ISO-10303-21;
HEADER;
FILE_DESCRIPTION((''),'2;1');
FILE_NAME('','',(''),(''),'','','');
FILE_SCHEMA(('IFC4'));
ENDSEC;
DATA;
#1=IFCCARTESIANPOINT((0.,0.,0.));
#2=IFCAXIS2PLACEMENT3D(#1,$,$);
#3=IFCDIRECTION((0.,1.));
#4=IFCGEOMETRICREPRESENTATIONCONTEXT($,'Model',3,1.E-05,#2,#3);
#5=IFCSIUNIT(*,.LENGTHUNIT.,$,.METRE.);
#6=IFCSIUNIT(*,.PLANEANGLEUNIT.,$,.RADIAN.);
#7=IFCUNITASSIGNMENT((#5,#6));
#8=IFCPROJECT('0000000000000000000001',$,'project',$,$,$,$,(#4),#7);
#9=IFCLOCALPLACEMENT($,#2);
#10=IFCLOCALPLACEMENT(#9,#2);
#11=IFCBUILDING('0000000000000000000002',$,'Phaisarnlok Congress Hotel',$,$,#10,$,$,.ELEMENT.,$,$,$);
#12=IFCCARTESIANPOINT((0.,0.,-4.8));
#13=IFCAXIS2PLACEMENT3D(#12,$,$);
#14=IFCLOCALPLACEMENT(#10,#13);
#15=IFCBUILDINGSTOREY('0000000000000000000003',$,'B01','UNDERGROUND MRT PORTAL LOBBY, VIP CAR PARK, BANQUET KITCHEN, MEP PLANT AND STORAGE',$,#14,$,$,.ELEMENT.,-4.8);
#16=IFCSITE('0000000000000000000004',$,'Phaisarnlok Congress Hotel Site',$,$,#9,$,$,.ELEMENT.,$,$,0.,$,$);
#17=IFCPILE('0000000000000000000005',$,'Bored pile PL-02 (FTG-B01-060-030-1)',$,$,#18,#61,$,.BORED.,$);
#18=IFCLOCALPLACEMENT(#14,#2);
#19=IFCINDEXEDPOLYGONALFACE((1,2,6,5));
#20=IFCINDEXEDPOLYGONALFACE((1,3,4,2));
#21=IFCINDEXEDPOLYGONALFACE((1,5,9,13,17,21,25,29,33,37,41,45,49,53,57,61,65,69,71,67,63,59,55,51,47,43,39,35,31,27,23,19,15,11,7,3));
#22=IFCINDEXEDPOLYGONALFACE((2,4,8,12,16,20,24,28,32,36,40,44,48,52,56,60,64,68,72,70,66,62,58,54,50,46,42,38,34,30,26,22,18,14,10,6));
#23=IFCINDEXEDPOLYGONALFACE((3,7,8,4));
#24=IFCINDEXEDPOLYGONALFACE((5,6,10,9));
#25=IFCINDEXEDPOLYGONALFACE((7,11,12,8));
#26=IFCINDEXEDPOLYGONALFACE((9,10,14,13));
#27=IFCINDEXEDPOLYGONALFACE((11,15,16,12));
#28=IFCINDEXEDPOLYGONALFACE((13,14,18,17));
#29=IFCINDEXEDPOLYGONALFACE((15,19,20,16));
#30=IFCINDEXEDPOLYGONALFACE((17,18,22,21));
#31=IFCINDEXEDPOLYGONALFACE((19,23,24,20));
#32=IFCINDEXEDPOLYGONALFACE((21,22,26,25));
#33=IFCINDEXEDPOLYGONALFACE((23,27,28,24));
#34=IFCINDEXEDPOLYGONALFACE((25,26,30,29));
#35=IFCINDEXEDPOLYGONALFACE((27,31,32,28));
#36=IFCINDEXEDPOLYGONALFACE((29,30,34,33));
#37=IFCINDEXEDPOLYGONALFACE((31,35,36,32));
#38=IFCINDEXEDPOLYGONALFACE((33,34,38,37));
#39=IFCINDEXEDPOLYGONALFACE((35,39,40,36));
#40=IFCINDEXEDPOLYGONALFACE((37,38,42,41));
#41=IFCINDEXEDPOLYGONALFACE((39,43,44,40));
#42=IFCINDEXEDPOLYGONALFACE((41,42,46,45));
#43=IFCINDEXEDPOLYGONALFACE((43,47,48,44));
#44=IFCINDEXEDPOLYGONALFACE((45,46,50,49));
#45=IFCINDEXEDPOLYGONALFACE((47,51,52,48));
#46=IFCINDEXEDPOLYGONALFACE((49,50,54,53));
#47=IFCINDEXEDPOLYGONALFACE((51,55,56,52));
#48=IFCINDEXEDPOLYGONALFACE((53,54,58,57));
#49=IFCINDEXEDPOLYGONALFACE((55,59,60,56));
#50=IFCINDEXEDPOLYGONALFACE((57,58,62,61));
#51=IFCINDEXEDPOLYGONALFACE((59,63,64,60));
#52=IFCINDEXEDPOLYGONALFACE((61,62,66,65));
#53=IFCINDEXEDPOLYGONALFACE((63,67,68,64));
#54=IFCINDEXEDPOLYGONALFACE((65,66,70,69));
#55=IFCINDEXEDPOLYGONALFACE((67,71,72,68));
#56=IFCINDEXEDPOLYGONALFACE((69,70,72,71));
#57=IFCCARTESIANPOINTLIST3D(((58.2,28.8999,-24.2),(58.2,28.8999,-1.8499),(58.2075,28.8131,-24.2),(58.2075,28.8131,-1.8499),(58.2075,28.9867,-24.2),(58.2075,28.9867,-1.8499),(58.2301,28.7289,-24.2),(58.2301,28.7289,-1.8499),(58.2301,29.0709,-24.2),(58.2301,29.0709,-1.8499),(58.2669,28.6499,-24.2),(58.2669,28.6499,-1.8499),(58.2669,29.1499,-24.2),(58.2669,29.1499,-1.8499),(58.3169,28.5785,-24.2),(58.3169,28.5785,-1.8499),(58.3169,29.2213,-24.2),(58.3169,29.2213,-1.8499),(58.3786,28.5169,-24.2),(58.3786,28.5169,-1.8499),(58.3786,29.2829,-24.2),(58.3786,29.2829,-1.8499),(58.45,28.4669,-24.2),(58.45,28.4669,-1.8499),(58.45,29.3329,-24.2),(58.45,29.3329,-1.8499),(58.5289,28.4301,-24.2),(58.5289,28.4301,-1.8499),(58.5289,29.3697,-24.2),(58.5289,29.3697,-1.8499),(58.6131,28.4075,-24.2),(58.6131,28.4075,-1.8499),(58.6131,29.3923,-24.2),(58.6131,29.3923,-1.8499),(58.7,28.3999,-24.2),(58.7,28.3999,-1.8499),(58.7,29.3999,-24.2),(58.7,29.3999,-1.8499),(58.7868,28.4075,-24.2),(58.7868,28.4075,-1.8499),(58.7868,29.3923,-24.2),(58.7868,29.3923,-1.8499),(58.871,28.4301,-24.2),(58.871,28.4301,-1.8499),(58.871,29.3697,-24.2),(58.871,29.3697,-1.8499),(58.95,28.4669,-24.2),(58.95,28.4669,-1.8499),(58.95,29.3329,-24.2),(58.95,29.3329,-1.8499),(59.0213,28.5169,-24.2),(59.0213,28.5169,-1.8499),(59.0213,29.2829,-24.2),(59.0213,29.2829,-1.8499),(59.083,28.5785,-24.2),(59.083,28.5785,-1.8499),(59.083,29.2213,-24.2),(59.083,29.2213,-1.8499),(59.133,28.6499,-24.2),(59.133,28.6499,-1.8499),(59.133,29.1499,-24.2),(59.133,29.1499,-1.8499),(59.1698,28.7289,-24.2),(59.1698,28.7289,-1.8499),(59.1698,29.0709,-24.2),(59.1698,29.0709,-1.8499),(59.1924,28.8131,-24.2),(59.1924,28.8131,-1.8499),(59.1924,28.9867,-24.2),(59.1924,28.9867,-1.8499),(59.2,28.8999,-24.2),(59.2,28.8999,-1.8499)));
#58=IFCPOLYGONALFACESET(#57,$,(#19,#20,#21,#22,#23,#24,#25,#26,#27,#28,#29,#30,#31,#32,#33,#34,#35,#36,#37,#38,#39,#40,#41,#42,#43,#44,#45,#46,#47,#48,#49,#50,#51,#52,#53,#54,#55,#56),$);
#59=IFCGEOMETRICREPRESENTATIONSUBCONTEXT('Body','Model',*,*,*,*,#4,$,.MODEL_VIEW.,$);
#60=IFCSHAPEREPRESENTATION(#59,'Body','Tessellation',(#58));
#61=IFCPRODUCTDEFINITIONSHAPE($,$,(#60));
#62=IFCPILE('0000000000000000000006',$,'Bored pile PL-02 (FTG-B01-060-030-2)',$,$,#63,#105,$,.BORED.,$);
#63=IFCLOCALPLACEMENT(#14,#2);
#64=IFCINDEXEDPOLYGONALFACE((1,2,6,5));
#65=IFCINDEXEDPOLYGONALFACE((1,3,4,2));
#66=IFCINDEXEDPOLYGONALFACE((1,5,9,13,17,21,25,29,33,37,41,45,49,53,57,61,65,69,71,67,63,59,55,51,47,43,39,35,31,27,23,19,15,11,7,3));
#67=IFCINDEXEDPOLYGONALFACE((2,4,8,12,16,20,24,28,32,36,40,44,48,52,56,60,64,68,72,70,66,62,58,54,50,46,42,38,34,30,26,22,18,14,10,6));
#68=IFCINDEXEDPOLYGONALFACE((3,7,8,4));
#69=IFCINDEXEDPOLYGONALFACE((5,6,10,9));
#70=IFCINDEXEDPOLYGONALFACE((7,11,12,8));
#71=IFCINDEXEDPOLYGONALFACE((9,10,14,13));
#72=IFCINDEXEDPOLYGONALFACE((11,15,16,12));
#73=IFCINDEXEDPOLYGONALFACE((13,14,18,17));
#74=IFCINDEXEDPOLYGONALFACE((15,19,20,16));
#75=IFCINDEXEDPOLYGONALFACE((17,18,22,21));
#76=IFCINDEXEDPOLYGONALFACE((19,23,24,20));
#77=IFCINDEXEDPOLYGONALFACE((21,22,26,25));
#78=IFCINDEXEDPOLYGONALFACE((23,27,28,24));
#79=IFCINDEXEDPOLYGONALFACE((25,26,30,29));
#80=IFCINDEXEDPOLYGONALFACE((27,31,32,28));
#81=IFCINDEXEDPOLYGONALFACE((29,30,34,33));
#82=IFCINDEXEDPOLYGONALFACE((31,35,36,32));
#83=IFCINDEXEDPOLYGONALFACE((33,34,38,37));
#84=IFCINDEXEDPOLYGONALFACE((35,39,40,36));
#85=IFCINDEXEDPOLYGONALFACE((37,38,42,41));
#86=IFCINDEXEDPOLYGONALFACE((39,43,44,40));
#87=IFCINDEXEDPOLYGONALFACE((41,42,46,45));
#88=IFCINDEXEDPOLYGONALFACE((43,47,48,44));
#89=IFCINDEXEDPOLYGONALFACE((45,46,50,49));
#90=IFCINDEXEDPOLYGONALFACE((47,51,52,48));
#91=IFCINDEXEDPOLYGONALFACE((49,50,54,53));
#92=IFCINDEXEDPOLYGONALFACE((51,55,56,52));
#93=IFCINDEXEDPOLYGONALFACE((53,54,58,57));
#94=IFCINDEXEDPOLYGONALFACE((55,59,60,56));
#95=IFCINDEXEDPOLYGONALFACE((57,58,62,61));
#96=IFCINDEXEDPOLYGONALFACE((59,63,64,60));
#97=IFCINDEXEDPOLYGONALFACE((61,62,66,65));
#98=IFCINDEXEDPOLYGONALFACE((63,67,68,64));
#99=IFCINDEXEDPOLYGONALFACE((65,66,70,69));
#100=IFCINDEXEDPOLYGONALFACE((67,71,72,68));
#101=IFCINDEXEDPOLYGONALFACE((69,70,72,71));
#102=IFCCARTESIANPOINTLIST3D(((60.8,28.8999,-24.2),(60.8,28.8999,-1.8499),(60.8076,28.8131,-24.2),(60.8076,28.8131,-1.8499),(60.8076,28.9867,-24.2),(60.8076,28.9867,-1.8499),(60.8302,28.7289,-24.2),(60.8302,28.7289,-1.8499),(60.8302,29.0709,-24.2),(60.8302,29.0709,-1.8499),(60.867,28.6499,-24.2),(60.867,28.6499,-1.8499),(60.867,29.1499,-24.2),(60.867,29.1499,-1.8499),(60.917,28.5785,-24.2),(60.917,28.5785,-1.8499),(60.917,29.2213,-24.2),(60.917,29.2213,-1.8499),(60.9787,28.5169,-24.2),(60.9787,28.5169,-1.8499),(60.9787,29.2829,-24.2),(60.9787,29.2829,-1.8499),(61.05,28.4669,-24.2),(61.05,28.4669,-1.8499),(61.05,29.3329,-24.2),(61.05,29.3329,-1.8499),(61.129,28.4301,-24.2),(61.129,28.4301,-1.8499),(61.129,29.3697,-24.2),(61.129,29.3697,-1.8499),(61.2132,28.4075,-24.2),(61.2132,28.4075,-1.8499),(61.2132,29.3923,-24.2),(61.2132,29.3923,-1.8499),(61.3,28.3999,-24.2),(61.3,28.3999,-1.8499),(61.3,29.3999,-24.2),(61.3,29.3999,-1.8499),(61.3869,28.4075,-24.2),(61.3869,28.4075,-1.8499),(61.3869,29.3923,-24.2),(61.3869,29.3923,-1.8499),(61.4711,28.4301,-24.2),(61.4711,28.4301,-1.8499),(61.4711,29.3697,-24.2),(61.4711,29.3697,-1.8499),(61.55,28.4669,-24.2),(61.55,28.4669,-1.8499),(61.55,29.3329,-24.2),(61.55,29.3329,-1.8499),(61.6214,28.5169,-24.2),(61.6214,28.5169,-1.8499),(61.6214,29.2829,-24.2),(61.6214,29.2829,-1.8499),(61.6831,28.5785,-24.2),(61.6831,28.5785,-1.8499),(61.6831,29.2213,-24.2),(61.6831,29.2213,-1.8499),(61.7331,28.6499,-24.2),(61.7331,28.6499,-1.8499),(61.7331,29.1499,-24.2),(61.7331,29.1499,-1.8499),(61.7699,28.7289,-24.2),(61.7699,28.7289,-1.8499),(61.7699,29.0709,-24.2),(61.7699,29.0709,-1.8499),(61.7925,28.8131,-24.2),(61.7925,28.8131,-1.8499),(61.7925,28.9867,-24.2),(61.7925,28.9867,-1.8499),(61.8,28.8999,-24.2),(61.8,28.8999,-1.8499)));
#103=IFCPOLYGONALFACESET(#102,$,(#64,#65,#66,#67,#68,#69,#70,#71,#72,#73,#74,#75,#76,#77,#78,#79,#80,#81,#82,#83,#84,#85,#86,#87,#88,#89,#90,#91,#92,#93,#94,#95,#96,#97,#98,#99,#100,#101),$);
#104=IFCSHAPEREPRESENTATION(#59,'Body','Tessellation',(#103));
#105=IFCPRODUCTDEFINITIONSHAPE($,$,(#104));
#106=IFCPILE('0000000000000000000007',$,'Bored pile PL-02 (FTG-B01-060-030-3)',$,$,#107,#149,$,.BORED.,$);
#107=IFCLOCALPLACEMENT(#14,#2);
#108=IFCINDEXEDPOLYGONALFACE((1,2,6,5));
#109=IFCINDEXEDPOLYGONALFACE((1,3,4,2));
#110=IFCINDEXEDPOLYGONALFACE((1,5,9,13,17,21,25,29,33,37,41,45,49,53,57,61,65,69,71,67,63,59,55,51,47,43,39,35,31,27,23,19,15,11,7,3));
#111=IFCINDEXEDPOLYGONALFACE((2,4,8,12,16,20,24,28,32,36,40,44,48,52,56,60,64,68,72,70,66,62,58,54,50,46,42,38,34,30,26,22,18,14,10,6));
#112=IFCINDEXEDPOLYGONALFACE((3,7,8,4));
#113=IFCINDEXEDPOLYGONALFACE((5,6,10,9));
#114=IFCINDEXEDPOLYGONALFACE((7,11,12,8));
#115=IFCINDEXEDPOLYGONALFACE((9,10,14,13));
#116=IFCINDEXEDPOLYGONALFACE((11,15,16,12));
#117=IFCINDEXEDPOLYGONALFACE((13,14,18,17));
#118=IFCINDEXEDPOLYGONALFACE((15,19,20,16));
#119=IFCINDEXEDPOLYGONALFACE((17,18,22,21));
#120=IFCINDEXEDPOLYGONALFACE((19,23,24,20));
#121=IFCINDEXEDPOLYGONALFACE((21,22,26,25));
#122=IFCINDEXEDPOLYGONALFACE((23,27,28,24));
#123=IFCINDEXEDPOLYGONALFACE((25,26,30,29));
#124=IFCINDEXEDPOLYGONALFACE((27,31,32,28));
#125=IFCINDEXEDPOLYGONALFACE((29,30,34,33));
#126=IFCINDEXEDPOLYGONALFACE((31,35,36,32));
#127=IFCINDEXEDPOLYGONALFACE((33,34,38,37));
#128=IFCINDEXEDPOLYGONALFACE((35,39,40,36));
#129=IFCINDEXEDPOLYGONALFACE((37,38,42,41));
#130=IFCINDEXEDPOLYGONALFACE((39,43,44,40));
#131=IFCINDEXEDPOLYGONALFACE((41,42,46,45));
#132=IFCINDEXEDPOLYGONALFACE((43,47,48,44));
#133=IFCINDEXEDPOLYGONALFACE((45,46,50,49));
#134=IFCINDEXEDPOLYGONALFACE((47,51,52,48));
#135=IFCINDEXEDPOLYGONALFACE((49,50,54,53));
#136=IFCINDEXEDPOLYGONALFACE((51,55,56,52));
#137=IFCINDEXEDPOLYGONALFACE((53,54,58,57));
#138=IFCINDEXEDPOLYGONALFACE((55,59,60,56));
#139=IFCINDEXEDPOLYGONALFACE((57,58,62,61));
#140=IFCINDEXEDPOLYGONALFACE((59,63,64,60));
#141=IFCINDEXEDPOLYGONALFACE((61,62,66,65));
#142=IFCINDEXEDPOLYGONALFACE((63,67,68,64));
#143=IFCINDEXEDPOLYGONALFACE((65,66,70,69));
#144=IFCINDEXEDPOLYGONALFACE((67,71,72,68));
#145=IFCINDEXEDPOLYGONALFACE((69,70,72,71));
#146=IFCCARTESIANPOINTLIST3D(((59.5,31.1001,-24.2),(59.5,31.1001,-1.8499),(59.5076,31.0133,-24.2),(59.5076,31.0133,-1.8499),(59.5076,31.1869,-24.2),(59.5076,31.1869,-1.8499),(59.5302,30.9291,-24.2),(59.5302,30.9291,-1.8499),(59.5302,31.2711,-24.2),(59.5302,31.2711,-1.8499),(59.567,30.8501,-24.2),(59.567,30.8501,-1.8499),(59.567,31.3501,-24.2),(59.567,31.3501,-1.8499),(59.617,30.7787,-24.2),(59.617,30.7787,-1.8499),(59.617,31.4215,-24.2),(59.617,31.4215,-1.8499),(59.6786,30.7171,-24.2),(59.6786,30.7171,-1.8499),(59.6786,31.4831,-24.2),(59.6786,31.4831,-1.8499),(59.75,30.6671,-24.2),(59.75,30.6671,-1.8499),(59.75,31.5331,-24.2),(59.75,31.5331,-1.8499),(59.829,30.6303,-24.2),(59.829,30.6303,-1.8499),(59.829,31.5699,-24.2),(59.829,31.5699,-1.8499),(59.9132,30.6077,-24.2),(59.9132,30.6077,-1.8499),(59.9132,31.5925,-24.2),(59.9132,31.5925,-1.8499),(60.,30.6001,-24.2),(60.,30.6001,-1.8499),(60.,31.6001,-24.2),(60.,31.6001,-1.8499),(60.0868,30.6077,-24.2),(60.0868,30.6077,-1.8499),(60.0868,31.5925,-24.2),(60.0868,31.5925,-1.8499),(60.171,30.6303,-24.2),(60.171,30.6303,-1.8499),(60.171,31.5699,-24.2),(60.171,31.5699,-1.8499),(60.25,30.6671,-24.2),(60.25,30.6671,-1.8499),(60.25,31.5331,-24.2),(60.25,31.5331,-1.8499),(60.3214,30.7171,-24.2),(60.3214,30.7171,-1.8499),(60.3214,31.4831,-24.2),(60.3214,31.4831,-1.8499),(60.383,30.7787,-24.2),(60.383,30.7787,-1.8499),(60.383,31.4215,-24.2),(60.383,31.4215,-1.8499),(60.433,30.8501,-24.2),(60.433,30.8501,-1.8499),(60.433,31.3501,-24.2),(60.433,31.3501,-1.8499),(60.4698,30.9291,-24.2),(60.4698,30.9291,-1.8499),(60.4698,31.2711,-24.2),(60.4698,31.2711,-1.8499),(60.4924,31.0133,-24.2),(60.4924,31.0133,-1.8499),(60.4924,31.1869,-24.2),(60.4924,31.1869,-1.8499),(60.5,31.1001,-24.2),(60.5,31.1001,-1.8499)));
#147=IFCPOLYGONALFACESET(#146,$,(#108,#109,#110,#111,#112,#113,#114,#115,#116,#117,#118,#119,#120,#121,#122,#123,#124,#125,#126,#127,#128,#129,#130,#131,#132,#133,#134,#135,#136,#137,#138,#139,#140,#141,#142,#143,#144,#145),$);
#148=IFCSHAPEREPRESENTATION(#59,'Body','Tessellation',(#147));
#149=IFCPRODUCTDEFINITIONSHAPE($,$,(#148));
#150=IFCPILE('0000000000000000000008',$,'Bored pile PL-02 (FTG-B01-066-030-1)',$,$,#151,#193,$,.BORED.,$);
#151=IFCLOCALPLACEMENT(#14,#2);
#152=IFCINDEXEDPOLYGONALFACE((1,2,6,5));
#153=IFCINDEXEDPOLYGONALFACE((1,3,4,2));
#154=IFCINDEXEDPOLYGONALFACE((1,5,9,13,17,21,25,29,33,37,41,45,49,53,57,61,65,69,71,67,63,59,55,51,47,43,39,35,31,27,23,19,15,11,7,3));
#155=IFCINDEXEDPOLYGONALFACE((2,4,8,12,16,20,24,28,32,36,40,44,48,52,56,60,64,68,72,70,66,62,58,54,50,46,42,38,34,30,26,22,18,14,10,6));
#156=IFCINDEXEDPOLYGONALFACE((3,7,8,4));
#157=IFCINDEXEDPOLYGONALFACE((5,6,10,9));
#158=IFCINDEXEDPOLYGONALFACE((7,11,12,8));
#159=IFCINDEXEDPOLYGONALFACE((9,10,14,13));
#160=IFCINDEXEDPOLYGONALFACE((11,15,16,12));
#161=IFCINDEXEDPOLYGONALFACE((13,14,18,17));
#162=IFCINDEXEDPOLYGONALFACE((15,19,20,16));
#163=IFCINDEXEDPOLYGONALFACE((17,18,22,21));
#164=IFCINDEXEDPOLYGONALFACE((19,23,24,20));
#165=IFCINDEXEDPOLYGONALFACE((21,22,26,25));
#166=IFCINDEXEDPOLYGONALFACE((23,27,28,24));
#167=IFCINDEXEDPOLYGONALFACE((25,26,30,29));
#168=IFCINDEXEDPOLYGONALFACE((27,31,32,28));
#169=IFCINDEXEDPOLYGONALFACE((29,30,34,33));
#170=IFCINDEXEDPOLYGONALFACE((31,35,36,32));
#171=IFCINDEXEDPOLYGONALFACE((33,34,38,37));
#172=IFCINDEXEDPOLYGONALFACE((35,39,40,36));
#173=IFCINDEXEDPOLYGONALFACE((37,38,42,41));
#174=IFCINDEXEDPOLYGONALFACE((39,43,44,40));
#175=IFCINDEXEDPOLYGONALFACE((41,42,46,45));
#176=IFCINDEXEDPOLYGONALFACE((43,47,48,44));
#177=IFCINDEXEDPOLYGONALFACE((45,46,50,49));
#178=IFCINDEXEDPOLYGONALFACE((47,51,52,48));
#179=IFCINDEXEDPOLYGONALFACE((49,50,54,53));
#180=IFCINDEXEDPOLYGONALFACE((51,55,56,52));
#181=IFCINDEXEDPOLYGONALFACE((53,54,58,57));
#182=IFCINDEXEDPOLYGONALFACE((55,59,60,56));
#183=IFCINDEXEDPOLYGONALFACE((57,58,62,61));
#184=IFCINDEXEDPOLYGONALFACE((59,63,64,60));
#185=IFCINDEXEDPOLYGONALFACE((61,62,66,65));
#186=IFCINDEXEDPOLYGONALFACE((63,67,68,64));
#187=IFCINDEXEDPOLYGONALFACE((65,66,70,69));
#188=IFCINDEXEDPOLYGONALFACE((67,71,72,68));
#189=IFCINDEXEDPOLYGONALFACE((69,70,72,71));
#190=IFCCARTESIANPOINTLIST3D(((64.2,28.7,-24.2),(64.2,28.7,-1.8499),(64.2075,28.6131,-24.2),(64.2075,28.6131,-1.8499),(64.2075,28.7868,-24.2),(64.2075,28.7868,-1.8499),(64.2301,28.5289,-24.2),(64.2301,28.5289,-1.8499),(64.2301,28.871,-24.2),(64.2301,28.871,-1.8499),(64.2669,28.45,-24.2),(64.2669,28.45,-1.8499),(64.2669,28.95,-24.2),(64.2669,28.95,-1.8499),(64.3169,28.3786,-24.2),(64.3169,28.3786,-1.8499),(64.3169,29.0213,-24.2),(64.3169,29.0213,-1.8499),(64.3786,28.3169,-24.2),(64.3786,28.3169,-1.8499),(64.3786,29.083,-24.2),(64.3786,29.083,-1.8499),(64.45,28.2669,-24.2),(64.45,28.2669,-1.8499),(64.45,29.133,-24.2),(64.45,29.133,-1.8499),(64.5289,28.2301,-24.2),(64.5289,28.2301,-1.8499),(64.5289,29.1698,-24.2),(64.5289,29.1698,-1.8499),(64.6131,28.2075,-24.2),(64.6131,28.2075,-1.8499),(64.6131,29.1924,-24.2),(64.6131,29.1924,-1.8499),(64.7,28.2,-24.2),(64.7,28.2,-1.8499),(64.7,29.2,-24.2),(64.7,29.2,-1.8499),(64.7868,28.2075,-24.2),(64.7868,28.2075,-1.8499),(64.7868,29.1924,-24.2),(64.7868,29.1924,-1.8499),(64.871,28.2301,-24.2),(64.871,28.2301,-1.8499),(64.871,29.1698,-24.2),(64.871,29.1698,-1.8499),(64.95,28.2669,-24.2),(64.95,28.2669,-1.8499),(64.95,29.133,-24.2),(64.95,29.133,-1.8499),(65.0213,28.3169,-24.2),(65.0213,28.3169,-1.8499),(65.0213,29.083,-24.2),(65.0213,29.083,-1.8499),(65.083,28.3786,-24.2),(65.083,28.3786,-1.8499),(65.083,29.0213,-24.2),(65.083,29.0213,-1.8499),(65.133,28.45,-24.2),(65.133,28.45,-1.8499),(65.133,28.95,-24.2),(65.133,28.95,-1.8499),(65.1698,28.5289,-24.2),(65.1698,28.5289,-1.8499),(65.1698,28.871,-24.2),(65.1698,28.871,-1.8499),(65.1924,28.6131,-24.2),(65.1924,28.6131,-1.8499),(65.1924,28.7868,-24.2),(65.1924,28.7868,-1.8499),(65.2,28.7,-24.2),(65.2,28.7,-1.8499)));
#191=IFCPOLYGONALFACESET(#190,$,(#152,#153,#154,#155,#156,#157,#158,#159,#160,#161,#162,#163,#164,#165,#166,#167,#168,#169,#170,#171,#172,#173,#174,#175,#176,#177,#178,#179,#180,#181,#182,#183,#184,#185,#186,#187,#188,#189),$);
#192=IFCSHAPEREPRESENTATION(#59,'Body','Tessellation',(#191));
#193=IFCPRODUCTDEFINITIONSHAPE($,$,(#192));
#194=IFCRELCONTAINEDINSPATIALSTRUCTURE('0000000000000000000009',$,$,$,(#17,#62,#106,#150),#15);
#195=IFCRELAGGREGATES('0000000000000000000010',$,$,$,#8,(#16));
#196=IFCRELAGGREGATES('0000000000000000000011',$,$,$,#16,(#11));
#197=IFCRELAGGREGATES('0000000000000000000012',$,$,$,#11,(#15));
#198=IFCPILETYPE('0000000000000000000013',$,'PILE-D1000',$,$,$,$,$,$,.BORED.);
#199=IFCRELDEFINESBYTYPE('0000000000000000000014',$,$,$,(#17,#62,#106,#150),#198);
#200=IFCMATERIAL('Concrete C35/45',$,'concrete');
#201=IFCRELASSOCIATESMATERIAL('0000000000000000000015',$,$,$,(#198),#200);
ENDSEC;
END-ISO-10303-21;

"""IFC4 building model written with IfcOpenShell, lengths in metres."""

from ifc_helpers import new_model, si_unit, direction, frame, origin, origin_2d, place, context, subcontext, project, spatial, circle, extrude, material, material_profile, profile_set, type_object, element, save


model = new_model("IFC4")

# Units and contexts
model_context = context("Model", 3, precision=1e-05, world=origin(), true_north=direction((0.0, 1.0)))
body_context = subcontext(model_context, "Body", "Model", "MODEL_VIEW")
ifc_project = project(units=[si_unit("LENGTHUNIT", "METRE"), si_unit("PLANEANGLEUNIT", "RADIAN")], contexts=[model_context])

# Site, building, storey
site_placement = place(None, origin())
site = spatial("IfcSite", under=ifc_project, at=site_placement, Name="Phaisarnlok Congress Hotel Site", CompositionType="ELEMENT", RefElevation=0.0)
building_placement = place(site_placement, origin())
building = spatial("IfcBuilding", under=site, at=building_placement, Name="Phaisarnlok Congress Hotel", CompositionType="ELEMENT")
storey_placement = place(building_placement, frame((0.0, 0.0, -4.8)))
storey = spatial("IfcBuildingStorey", under=building, at=storey_placement, Name="B01", Description="UNDERGROUND MRT PORTAL LOBBY, VIP CAR PARK, BANQUET KITCHEN, MEP PLANT AND STORAGE", CompositionType="ELEMENT", Elevation=-4.8)

# Piles
ifc_material_1 = material(Name="Concrete C35/45", Category="concrete")
ifc_material_profile_1 = material_profile(ifc_material_1, circle(Radius=0.5, at=origin_2d()), Name="BORED PILE D1000")
ifc_profile_set_1 = profile_set([ifc_material_profile_1], Name="Concrete C35/45")
pile_type_1 = type_object("IfcPileType", Name="PILE-D1000", PredefinedType="BORED", material=ifc_profile_set_1)
for number, where, z_axis, x_axis, name in (
    (1, (58.7, 28.8999, -1.8499), (0.0, 0.0, -1.0), (1.0, 0.0, 0.0), "Bored pile PL-02 (FTG-B01-060-030-1)"),
    (2, (61.3, 28.8999, -1.8499), (0.0, 0.0, -1.0), (1.0, 0.0, 0.0), "Bored pile PL-02 (FTG-B01-060-030-2)"),
    (3, (60.0, 31.1001, -1.8499), (0.0, 0.0, -1.0), (1.0, 0.0, 0.0), "Bored pile PL-02 (FTG-B01-060-030-3)"),
    (4, (64.7, 28.7, -1.8499), (0.0, 0.0, -1.0), (1.0, 0.0, 0.0), "Bored pile PL-02 (FTG-B01-066-030-1)"),
):
    element("IfcPile", number, at=place(storey_placement, frame(where, z_axis=z_axis, x_axis=x_axis)), inside=storey, type_object=pile_type_1, Name=name, PredefinedType="BORED", context=body_context, shape_type="SweptSolid", body=[
        extrude(circle(Radius=0.5, at=origin_2d()), origin(), (0.0, 0.0, 1.0), 22.3501),
    ])

save(model, "model.ifc")
